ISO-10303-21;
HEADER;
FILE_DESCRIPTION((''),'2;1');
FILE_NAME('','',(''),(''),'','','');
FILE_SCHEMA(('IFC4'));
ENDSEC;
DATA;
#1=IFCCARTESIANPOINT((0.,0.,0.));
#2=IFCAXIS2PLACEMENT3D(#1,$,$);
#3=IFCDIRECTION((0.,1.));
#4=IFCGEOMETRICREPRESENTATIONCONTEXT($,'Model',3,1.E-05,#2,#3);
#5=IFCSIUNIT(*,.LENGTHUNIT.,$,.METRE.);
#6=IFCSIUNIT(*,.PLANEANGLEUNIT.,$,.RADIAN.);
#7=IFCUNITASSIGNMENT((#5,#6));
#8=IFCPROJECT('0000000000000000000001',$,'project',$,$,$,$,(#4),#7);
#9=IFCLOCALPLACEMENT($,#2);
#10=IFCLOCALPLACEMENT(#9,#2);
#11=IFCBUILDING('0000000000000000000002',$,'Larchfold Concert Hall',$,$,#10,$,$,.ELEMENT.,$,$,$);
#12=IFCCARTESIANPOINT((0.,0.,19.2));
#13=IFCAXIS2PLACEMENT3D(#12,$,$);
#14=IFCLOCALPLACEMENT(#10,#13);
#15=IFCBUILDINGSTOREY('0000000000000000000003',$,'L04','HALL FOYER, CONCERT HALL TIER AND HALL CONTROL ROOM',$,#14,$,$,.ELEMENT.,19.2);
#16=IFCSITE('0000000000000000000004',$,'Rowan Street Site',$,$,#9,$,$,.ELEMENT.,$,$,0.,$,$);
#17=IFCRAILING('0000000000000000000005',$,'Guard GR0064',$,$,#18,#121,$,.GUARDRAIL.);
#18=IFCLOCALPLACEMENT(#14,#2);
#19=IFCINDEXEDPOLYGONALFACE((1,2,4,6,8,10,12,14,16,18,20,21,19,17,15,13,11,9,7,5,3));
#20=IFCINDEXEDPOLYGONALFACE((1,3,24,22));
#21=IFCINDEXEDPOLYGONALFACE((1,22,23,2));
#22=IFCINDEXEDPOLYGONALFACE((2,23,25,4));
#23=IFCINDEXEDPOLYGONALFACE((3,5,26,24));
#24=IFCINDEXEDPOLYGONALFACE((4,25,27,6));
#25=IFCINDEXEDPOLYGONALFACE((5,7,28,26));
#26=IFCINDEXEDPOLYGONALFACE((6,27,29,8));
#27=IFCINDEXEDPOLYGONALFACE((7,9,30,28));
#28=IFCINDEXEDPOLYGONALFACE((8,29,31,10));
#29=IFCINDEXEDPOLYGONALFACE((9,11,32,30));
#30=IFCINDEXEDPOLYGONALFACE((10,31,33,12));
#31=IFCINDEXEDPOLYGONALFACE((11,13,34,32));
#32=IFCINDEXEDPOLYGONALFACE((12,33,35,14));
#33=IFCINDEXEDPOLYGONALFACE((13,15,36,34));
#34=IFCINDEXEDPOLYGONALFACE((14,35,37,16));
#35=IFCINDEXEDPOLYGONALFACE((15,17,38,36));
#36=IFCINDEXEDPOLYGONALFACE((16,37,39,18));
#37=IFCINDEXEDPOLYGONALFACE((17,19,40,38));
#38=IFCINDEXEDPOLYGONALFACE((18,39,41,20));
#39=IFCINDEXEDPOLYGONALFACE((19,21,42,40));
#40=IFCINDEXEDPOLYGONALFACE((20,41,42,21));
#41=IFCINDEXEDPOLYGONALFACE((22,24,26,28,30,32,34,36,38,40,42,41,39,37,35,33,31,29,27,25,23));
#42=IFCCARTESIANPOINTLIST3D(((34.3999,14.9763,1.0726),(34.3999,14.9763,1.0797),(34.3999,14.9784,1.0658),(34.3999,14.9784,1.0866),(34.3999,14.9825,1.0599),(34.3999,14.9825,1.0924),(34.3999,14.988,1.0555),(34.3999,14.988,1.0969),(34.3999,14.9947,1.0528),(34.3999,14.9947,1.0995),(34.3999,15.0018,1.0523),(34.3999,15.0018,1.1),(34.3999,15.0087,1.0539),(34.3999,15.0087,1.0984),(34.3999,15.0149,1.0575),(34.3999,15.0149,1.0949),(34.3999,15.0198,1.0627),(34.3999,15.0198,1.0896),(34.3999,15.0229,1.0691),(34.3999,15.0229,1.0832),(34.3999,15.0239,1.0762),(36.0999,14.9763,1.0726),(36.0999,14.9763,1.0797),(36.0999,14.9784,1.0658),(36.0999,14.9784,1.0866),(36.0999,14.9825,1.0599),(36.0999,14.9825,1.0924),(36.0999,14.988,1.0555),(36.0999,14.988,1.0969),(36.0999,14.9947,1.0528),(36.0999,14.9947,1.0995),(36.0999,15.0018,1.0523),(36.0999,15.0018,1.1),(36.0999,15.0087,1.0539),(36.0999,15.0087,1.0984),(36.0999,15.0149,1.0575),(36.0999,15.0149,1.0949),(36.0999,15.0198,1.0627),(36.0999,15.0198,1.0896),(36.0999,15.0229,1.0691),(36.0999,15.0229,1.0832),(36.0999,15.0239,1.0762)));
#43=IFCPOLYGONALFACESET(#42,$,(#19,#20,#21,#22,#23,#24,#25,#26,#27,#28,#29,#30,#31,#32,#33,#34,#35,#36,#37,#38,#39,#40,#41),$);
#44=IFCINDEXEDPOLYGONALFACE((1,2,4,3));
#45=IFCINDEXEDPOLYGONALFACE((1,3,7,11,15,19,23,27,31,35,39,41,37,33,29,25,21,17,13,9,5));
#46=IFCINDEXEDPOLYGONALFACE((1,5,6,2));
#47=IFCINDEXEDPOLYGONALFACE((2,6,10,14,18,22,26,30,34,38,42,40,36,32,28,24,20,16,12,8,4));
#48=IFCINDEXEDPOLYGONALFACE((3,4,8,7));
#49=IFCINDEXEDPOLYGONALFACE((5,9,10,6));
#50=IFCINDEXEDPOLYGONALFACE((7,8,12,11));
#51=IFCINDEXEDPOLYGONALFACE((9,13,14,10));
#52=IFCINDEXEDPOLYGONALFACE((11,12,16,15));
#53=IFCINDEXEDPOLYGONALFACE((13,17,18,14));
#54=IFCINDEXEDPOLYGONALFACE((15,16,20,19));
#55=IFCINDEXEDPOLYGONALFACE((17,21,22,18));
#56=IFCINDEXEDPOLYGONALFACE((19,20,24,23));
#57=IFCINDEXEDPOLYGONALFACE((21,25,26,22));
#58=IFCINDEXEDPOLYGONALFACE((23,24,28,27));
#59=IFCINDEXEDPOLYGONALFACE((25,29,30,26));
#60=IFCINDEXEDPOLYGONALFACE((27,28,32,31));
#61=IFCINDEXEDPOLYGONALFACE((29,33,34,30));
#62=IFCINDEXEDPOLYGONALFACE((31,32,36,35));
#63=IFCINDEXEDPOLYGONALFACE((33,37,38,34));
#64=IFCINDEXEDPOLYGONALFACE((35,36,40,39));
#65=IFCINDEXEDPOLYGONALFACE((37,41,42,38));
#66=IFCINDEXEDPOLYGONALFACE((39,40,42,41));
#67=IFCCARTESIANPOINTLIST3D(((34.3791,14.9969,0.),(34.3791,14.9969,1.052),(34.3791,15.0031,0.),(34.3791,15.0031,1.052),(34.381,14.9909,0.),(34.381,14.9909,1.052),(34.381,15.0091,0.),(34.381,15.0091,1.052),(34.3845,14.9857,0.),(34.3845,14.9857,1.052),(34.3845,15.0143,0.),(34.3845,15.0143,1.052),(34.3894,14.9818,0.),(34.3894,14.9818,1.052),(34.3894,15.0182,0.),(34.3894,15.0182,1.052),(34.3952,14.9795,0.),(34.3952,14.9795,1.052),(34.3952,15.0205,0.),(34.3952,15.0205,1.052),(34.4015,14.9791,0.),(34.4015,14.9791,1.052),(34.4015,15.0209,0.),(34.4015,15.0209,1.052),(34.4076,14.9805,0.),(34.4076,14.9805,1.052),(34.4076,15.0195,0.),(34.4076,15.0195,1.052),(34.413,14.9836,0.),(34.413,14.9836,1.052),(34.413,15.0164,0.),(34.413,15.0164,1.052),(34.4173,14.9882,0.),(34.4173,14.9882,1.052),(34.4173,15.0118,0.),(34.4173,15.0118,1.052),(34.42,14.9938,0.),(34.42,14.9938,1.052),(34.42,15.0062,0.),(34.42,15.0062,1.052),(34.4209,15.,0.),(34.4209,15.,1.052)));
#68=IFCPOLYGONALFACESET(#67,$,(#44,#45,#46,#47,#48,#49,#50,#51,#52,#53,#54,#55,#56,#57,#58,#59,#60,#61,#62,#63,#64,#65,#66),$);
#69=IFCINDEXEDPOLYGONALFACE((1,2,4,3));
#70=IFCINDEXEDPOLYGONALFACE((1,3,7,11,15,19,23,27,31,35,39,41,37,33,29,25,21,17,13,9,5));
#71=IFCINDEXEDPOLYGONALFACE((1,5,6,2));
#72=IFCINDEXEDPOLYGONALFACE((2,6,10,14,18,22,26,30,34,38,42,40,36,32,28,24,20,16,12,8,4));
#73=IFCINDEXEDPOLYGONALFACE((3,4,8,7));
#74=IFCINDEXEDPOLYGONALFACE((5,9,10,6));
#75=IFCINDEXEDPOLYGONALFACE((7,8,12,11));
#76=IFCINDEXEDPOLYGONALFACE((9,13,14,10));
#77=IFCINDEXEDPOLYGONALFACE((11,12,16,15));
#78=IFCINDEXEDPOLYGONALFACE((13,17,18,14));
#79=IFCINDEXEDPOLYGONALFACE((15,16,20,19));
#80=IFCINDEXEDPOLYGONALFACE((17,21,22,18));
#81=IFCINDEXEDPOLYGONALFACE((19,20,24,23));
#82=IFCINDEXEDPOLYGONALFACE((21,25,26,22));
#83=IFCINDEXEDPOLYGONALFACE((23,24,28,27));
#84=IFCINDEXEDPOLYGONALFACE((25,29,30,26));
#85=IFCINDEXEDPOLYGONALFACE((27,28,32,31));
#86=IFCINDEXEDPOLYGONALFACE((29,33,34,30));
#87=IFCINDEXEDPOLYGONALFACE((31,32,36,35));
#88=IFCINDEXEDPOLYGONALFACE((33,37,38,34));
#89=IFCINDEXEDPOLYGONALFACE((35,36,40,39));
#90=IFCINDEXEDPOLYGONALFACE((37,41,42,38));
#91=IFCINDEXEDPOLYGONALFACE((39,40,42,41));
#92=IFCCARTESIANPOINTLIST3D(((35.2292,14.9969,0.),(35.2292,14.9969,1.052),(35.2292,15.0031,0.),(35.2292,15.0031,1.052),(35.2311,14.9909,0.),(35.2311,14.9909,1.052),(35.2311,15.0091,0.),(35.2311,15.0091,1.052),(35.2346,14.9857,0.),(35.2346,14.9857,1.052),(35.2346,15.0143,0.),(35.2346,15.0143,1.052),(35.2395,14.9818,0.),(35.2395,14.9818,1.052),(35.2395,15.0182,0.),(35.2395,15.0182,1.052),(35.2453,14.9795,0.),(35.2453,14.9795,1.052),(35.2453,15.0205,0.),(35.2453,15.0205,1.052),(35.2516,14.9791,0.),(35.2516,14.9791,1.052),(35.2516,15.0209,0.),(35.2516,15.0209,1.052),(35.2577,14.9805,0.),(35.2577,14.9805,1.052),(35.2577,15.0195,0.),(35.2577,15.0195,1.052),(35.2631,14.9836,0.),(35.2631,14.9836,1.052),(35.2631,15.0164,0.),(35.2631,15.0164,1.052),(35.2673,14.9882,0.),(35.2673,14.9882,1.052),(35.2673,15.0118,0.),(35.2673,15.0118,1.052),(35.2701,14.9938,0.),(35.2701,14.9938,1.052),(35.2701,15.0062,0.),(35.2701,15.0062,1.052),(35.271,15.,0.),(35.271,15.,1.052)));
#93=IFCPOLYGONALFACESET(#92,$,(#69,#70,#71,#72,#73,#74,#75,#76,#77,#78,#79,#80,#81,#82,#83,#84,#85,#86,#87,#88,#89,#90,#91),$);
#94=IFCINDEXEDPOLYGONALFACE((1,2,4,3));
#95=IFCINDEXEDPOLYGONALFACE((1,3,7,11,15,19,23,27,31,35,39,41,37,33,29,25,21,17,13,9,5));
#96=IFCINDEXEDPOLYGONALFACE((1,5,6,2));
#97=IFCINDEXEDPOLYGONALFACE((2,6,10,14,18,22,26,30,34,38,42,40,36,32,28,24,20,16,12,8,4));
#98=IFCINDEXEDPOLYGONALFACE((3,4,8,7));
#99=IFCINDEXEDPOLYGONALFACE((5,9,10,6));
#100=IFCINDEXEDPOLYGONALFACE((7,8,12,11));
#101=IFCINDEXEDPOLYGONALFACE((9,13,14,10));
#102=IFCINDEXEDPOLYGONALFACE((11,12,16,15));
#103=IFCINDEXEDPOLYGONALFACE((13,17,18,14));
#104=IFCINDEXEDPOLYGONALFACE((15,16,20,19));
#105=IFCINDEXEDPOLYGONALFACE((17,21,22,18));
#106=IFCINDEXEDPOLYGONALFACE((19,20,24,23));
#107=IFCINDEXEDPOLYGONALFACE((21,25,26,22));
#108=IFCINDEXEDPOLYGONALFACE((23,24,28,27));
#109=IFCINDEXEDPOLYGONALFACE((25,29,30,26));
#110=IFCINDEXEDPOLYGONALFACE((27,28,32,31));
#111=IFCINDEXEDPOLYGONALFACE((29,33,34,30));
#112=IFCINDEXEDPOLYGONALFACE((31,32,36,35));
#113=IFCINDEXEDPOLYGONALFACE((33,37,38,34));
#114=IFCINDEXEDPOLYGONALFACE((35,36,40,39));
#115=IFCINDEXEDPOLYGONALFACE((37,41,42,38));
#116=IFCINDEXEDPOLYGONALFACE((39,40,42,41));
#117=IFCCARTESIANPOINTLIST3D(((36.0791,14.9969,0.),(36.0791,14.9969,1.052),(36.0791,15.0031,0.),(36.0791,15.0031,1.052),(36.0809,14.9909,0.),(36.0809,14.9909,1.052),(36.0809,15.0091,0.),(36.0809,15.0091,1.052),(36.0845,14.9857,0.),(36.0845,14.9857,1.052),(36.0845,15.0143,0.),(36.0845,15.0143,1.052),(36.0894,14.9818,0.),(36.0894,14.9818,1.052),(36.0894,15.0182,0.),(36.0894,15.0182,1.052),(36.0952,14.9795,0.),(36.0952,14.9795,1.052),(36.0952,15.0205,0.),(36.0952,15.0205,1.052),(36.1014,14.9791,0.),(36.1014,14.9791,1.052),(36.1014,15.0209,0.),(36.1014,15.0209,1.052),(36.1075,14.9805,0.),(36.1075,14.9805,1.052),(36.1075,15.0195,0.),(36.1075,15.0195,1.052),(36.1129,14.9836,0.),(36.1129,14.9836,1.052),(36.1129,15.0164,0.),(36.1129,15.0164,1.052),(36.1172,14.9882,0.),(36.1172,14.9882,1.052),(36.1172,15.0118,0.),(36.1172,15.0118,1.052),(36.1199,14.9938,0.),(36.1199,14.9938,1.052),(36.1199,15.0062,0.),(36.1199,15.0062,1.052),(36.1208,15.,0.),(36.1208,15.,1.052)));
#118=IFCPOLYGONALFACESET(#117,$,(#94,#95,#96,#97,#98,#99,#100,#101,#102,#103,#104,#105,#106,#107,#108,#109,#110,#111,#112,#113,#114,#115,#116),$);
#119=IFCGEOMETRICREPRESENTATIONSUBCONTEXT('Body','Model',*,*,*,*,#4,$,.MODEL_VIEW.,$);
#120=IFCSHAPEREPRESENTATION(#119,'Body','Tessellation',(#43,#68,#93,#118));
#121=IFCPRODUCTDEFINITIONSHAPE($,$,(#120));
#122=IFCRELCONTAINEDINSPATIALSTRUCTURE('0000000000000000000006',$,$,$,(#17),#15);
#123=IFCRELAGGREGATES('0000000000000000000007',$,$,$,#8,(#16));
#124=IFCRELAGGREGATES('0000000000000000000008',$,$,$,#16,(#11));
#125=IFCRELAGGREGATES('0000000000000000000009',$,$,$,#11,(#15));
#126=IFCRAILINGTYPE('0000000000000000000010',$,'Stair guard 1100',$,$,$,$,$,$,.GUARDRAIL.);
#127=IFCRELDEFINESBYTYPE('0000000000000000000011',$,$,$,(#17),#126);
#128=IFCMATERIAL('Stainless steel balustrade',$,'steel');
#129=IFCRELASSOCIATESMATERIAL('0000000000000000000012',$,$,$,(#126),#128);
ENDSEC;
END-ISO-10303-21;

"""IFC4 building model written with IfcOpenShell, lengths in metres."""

from ifc_helpers import new_model, si_unit, direction, frame, origin, origin_2d, place, context, subcontext, project, spatial, circle, extrude, material, type_object, element, save


model = new_model("IFC4")

# Units and contexts
model_context = context("Model", 3, precision=1e-05, world=origin(), true_north=direction((0.0, 1.0)))
body_context = subcontext(model_context, "Body", "Model", "MODEL_VIEW")
ifc_project = project(units=[si_unit("LENGTHUNIT", "METRE"), si_unit("PLANEANGLEUNIT", "RADIAN")], contexts=[model_context])

# Site, building, storey
site_placement = place(None, origin())
site = spatial("IfcSite", under=ifc_project, at=site_placement, Name="Rowan Street Site", CompositionType="ELEMENT", RefElevation=0.0)
building_placement = place(site_placement, origin())
building = spatial("IfcBuilding", under=site, at=building_placement, Name="Larchfold Concert Hall", CompositionType="ELEMENT")
storey_placement = place(building_placement, frame((0.0, 0.0, 19.2)))
storey = spatial("IfcBuildingStorey", under=building, at=storey_placement, Name="L04", Description="HALL FOYER, CONCERT HALL TIER AND HALL CONTROL ROOM", CompositionType="ELEMENT", Elevation=19.2)

# Railing
ifc_material_1 = material(Name="Stainless steel balustrade", Category="steel")
railing_type = type_object("IfcRailingType", Name="Stair guard 1100", PredefinedType="GUARDRAIL", material=ifc_material_1)
railing_1_placement = place(storey_placement, frame((34.3999, 15.0, 0.0)))
element("IfcRailing", 1, at=railing_1_placement, inside=storey, type_object=railing_type, Name="Guard GR0064", PredefinedType="GUARDRAIL", context=body_context, shape_type="SweptSolid", body=[
    extrude(circle(Radius=0.0239, at=origin_2d()), frame((0.0, 0.0, 1.0762), z_axis=(1.0, 0.0, 0.0), x_axis=(0.0, 1.0, 0.0)), (0.0, 0.0, 1.0), 1.7),
    extrude(circle(Radius=0.021, at=origin_2d()), origin(), (0.0, 0.0, 1.0), 1.052),
    extrude(circle(Radius=0.021, at=origin_2d()), frame((0.8501, 0.0, 0.0)), (0.0, 0.0, 1.0), 1.052),
    extrude(circle(Radius=0.021, at=origin_2d()), frame((1.7, 0.0, 0.0)), (0.0, 0.0, 1.0), 1.052),
])

save(model, "model.ifc")
